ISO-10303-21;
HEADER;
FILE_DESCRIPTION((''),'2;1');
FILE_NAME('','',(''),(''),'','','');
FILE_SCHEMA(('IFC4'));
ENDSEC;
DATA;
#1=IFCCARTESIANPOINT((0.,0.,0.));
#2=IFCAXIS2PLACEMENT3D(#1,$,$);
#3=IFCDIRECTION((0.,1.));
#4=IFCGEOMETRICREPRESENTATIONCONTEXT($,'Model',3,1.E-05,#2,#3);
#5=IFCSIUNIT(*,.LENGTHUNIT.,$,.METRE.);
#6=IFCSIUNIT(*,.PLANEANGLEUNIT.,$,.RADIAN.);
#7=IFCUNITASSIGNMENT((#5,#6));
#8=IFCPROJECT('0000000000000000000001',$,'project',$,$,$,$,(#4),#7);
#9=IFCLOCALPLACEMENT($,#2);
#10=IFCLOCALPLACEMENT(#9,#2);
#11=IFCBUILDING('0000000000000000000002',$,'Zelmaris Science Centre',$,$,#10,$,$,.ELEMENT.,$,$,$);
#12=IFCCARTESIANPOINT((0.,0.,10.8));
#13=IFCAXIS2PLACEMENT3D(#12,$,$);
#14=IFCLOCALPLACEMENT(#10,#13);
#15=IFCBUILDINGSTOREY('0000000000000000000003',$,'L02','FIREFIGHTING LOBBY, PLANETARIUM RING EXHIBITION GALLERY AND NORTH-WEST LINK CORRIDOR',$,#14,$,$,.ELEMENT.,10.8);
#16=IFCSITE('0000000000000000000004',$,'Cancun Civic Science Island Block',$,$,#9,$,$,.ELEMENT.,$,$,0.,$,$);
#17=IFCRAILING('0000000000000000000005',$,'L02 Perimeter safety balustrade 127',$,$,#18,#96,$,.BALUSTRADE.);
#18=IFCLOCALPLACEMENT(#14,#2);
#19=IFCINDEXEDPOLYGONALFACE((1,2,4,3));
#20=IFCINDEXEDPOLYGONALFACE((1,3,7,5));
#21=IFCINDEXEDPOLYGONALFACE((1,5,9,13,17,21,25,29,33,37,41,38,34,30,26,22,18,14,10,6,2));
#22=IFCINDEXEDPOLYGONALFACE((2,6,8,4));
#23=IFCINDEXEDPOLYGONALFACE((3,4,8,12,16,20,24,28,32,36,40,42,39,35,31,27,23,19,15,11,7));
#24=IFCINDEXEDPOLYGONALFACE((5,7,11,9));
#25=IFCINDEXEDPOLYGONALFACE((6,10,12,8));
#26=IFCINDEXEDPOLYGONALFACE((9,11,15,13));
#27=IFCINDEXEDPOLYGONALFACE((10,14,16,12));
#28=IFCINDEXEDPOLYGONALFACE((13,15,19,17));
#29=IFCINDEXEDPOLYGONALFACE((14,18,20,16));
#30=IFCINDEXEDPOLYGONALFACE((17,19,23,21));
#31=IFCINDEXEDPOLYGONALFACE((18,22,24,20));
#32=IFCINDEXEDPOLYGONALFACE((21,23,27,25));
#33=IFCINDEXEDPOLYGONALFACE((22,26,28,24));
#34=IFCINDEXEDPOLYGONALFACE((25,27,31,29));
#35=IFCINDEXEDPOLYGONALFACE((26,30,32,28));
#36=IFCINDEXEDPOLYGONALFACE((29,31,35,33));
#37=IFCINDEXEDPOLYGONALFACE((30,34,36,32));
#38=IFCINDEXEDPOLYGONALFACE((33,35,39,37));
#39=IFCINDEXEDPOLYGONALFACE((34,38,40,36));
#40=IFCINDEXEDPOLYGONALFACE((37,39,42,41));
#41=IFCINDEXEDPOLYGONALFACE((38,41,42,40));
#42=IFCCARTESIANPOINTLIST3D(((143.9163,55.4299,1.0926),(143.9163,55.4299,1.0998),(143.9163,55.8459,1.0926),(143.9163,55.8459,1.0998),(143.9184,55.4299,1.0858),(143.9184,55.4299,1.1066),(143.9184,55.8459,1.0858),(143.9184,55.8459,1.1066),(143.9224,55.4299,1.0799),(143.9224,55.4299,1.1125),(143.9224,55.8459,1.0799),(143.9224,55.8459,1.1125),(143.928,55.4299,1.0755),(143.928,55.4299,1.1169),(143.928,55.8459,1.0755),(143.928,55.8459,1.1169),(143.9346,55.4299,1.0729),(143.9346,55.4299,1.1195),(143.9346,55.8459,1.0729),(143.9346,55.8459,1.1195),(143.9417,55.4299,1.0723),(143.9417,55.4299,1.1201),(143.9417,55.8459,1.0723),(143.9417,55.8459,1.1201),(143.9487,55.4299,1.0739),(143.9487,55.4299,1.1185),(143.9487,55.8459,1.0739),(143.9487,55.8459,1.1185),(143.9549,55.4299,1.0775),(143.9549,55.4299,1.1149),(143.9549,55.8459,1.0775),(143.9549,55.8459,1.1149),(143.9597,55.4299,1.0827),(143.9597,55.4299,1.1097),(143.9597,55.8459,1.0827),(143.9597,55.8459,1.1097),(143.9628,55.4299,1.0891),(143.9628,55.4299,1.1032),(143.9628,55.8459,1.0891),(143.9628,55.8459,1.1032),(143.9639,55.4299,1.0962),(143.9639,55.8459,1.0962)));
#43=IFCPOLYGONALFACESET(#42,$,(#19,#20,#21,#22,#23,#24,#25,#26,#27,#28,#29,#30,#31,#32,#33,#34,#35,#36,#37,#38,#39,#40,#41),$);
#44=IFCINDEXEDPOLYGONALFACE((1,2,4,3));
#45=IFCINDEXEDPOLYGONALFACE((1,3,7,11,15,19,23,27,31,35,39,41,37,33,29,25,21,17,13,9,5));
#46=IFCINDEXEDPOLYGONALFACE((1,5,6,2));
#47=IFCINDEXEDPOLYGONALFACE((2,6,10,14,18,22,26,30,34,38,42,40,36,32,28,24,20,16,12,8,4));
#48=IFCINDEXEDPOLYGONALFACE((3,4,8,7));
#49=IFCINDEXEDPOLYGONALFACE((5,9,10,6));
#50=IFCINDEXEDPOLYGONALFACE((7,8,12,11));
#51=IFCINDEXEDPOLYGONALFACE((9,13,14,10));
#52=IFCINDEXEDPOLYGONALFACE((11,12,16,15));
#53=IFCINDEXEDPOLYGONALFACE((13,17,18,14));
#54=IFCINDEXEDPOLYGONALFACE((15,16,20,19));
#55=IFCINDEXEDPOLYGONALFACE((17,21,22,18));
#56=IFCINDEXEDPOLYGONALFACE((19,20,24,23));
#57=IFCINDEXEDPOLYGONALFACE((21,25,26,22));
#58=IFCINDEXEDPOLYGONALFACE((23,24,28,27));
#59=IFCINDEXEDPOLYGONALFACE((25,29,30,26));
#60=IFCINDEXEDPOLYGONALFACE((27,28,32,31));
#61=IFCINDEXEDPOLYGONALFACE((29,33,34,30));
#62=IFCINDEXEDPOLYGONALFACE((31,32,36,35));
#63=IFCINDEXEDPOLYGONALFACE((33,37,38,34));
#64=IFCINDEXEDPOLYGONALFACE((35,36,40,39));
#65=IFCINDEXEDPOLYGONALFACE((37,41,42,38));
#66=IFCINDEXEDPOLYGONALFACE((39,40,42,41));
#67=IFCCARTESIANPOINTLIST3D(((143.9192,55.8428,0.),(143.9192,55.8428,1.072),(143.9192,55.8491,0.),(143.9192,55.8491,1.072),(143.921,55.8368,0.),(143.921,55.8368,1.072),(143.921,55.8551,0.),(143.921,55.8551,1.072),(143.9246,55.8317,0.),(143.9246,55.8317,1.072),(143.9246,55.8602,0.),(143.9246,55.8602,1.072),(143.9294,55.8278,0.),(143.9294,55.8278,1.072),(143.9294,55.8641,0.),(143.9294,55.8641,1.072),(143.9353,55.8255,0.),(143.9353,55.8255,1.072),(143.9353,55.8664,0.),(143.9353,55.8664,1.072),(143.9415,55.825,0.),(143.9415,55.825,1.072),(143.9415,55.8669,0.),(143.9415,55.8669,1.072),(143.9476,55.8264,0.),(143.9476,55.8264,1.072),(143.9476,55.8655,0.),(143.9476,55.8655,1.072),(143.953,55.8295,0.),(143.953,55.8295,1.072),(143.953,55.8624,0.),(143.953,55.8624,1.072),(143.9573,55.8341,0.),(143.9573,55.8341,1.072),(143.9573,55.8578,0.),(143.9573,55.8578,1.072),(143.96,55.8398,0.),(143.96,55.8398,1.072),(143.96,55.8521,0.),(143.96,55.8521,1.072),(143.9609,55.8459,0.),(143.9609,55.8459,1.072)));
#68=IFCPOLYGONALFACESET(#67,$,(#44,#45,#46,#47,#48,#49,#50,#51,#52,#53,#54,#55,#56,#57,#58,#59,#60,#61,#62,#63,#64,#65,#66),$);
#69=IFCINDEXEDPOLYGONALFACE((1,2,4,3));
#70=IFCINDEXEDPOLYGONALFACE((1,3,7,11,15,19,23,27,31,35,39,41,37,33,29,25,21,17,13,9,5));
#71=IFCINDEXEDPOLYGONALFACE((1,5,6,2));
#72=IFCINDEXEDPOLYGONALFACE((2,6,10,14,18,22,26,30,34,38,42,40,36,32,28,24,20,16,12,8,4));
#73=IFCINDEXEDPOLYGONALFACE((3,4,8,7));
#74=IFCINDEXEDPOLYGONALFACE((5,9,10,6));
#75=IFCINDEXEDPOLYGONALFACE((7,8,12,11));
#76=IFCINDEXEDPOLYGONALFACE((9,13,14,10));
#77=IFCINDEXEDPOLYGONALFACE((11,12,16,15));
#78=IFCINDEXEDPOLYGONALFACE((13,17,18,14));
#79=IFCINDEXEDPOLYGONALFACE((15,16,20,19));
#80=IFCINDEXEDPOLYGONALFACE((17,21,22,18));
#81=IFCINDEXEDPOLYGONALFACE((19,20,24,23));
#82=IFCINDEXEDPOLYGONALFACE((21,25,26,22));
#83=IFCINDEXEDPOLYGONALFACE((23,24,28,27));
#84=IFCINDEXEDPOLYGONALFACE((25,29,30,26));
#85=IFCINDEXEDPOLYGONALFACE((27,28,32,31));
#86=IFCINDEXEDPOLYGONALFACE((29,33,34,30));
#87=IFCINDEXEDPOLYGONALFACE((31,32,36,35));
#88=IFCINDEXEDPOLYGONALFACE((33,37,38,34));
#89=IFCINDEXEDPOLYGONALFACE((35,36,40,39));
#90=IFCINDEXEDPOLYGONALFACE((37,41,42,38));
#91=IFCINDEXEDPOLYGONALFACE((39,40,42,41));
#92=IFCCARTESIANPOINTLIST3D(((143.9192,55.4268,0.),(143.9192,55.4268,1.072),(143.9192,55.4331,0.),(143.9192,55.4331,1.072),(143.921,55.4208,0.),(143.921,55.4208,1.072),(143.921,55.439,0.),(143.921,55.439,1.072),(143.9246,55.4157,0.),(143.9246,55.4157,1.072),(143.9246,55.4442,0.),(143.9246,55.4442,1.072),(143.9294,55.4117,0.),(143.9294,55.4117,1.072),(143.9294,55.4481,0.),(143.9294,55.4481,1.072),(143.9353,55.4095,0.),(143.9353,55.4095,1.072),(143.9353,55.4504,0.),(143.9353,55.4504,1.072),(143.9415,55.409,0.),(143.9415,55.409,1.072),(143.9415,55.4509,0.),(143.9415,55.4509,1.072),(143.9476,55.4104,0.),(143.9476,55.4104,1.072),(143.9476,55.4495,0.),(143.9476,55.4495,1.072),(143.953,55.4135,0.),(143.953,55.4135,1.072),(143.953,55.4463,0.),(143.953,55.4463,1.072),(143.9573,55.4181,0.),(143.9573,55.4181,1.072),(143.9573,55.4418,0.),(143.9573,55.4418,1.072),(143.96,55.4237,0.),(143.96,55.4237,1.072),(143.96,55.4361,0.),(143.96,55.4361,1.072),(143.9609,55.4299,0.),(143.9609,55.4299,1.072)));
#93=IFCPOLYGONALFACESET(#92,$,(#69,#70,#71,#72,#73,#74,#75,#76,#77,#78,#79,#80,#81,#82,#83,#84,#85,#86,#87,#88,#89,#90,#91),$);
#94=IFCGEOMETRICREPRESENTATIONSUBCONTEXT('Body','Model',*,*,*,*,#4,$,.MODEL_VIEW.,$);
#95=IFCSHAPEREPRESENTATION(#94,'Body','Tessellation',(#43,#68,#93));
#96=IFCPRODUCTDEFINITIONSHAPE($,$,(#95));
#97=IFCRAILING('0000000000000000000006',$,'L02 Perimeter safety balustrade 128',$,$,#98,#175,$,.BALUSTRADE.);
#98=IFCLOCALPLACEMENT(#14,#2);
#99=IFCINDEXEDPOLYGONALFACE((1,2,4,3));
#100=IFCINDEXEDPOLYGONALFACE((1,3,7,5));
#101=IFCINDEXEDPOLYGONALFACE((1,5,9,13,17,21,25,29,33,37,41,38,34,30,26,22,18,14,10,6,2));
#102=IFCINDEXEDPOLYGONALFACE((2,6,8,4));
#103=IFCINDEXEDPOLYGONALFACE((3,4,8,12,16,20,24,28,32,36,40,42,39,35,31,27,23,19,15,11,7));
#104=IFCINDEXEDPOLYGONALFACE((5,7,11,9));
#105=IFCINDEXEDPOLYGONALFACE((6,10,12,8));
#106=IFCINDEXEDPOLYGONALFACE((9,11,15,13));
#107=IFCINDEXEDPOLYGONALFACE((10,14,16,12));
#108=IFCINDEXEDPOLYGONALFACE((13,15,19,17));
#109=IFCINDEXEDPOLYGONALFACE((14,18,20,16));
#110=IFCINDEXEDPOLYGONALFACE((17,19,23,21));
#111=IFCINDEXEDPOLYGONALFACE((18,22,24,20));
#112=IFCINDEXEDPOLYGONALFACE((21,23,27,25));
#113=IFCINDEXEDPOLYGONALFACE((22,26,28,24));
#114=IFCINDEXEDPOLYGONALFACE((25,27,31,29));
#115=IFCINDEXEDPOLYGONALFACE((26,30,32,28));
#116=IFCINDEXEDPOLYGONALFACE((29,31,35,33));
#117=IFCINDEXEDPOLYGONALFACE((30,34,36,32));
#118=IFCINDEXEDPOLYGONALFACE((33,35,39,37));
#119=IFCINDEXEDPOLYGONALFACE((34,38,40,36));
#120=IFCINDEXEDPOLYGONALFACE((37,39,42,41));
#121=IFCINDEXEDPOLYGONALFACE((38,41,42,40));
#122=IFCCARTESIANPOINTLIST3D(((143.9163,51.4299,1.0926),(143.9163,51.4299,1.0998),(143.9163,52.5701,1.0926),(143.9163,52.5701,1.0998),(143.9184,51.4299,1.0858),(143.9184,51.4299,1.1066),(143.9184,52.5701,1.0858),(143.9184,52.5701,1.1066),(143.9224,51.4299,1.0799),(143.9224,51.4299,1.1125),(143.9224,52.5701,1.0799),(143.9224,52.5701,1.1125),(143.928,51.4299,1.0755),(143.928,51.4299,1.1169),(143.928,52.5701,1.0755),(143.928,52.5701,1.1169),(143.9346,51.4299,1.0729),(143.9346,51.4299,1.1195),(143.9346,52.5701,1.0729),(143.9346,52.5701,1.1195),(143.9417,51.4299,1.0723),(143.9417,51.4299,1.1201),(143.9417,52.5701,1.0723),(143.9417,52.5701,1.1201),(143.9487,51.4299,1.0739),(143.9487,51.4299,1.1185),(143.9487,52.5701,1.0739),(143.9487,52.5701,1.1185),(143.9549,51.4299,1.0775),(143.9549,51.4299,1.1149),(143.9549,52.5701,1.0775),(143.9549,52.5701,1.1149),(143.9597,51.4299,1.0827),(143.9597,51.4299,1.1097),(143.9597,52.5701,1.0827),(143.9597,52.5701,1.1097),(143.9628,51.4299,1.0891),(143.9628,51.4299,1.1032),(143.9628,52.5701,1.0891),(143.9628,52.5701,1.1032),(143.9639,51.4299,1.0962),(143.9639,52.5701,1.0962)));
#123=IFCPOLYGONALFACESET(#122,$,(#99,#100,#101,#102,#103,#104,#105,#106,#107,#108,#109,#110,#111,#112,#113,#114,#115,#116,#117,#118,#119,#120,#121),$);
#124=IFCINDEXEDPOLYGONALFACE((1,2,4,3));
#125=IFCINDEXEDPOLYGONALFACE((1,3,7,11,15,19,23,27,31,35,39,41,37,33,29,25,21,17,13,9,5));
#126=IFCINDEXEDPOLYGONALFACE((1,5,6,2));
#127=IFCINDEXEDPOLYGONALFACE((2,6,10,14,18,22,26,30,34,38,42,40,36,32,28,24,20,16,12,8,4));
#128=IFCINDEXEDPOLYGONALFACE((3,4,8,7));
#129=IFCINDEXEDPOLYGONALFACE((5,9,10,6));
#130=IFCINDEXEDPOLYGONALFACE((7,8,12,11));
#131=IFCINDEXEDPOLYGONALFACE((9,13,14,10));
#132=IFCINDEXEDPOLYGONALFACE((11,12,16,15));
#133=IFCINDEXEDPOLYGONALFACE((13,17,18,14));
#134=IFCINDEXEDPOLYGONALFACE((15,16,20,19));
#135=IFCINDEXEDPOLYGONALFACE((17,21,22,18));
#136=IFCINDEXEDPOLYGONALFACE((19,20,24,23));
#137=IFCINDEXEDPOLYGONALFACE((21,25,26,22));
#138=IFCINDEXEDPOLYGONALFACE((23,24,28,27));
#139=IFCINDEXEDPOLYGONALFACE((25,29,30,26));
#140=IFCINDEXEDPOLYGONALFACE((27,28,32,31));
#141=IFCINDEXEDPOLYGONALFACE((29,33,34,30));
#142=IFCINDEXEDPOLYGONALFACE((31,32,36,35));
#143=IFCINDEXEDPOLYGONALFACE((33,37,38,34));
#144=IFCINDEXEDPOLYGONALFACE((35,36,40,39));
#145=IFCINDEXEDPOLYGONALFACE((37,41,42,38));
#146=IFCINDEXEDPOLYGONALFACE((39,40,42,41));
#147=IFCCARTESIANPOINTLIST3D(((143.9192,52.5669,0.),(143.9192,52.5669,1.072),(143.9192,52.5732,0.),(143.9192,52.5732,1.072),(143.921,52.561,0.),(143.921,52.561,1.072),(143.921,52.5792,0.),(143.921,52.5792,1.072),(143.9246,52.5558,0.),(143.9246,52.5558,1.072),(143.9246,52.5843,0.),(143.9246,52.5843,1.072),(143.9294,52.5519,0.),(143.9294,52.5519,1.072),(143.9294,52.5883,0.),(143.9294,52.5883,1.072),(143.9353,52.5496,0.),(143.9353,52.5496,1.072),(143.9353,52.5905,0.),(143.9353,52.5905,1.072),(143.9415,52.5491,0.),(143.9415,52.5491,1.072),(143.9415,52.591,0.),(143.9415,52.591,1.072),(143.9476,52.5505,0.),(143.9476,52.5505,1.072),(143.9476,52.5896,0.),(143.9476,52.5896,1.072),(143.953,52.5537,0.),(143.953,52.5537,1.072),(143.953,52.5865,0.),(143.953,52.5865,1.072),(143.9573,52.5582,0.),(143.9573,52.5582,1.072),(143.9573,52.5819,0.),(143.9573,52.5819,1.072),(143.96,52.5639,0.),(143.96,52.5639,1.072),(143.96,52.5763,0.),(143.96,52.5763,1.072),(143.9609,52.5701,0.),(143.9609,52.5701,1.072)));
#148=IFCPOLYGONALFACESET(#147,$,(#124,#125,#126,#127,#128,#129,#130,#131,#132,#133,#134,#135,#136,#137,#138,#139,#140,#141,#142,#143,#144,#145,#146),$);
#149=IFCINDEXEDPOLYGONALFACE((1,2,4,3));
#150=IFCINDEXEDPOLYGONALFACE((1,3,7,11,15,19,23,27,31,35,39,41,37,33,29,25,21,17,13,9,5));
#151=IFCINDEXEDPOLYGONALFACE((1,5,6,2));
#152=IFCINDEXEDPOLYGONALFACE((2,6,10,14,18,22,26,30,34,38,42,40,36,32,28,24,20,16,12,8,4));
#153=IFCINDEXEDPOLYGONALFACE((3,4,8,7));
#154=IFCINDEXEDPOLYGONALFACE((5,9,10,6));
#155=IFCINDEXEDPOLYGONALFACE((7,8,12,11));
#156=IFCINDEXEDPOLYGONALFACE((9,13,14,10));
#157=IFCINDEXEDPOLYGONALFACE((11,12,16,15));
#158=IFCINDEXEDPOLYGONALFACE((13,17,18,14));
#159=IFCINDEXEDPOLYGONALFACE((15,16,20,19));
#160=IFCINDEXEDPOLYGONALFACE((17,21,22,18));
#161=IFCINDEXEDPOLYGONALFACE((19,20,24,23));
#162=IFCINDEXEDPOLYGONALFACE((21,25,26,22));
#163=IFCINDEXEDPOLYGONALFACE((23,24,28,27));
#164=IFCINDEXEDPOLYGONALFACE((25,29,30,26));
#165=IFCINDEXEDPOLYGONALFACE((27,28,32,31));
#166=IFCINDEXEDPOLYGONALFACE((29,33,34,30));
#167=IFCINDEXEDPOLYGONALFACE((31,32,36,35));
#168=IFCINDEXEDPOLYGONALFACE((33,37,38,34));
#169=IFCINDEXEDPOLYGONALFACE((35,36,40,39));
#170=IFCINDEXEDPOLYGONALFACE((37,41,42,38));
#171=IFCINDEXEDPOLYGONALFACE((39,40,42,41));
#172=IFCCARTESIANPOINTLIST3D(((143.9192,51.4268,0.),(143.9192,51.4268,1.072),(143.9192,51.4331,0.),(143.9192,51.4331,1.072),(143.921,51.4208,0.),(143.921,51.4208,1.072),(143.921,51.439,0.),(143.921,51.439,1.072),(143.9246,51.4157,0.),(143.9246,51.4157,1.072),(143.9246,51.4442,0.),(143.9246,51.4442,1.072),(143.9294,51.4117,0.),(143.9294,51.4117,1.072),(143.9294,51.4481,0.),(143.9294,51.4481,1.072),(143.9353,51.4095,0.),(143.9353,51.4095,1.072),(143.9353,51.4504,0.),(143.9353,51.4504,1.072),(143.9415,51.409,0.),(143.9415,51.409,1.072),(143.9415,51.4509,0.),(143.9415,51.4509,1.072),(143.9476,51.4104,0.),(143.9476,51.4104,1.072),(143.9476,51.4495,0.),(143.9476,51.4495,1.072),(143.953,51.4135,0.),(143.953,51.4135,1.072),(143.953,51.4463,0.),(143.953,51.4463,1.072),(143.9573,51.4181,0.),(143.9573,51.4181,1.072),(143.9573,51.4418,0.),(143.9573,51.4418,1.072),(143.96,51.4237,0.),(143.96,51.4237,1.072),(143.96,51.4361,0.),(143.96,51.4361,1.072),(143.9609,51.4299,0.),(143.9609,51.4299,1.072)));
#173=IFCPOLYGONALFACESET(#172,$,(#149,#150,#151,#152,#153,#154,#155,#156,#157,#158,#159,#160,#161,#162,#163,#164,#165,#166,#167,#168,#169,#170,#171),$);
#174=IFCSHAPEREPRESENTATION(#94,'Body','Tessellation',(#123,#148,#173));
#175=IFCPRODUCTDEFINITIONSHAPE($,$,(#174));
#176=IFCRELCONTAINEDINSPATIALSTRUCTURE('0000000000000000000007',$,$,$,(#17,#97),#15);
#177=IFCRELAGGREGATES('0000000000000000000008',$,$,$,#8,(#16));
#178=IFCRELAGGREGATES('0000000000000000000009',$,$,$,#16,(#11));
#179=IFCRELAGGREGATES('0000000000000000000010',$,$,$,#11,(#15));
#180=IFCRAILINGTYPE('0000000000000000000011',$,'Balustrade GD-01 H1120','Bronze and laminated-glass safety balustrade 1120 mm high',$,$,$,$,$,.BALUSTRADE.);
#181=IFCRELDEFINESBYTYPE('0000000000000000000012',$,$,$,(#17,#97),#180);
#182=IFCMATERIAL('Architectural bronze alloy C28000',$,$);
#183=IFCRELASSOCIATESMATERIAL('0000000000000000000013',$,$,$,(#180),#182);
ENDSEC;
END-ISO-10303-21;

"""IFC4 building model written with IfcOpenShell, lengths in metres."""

from ifc_helpers import new_model, si_unit, direction, frame, origin, origin_2d, place, context, subcontext, project, spatial, circle, extrude, material, type_object, element, save


model = new_model("IFC4")

# Units and contexts
model_context = context("Model", 3, precision=1e-05, world=origin(), true_north=direction((0.0, 1.0)))
body_context = subcontext(model_context, "Body", "Model", "MODEL_VIEW")
ifc_project = project(units=[si_unit("LENGTHUNIT", "METRE"), si_unit("PLANEANGLEUNIT", "RADIAN")], contexts=[model_context])

# Site, building, storey
site_placement = place(None, origin())
site = spatial("IfcSite", under=ifc_project, at=site_placement, Name="Cancun Civic Science Island Block", CompositionType="ELEMENT", RefElevation=0.0)
building_placement = place(site_placement, origin())
building = spatial("IfcBuilding", under=site, at=building_placement, Name="Zelmaris Science Centre", CompositionType="ELEMENT")
storey_placement = place(building_placement, frame((0.0, 0.0, 10.8)))
storey = spatial("IfcBuildingStorey", under=building, at=storey_placement, Name="L02", Description="FIREFIGHTING LOBBY, PLANETARIUM RING EXHIBITION GALLERY AND NORTH-WEST LINK CORRIDOR", CompositionType="ELEMENT", Elevation=10.8)

# Railings
ifc_material_1 = material(Name="Architectural bronze alloy C28000")
railing_type = type_object("IfcRailingType", Name="Balustrade GD-01 H1120", Description="Bronze and laminated-glass safety balustrade 1120 mm high", PredefinedType="BALUSTRADE", material=ifc_material_1)
railing_1_placement = place(storey_placement, frame((143.9399, 55.8459, 0.0)))
element("IfcRailing", 1, at=railing_1_placement, inside=storey, type_object=railing_type, Name="L02 Perimeter safety balustrade 127", PredefinedType="BALUSTRADE", context=body_context, shape_type="SweptSolid", body=[
    extrude(circle(Radius=0.0239, at=origin_2d()), frame((0.0, 0.0, 1.0962), z_axis=(0.0, -1.0, 0.0), x_axis=(1.0, 0.0, 0.0)), (0.0, 0.0, 1.0), 0.416),
    extrude(circle(Radius=0.021, at=origin_2d()), origin(), (0.0, 0.0, 1.0), 1.072),
    extrude(circle(Radius=0.021, at=origin_2d()), frame((0.0, -0.416, 0.0)), (0.0, 0.0, 1.0), 1.072),
])
railing_2_placement = place(storey_placement, frame((143.9399, 52.5701, 0.0)))
element("IfcRailing", 2, at=railing_2_placement, inside=storey, type_object=railing_type, Name="L02 Perimeter safety balustrade 128", PredefinedType="BALUSTRADE", context=body_context, shape_type="SweptSolid", body=[
    extrude(circle(Radius=0.0239, at=origin_2d()), frame((0.0, 0.0, 1.0962), z_axis=(0.0, -1.0, 0.0), x_axis=(1.0, 0.0, 0.0)), (0.0, 0.0, 1.0), 1.1401),
    extrude(circle(Radius=0.021, at=origin_2d()), origin(), (0.0, 0.0, 1.0), 1.072),
    extrude(circle(Radius=0.021, at=origin_2d()), frame((0.0, -1.1401, 0.0)), (0.0, 0.0, 1.0), 1.072),
])

save(model, "model.ifc")
